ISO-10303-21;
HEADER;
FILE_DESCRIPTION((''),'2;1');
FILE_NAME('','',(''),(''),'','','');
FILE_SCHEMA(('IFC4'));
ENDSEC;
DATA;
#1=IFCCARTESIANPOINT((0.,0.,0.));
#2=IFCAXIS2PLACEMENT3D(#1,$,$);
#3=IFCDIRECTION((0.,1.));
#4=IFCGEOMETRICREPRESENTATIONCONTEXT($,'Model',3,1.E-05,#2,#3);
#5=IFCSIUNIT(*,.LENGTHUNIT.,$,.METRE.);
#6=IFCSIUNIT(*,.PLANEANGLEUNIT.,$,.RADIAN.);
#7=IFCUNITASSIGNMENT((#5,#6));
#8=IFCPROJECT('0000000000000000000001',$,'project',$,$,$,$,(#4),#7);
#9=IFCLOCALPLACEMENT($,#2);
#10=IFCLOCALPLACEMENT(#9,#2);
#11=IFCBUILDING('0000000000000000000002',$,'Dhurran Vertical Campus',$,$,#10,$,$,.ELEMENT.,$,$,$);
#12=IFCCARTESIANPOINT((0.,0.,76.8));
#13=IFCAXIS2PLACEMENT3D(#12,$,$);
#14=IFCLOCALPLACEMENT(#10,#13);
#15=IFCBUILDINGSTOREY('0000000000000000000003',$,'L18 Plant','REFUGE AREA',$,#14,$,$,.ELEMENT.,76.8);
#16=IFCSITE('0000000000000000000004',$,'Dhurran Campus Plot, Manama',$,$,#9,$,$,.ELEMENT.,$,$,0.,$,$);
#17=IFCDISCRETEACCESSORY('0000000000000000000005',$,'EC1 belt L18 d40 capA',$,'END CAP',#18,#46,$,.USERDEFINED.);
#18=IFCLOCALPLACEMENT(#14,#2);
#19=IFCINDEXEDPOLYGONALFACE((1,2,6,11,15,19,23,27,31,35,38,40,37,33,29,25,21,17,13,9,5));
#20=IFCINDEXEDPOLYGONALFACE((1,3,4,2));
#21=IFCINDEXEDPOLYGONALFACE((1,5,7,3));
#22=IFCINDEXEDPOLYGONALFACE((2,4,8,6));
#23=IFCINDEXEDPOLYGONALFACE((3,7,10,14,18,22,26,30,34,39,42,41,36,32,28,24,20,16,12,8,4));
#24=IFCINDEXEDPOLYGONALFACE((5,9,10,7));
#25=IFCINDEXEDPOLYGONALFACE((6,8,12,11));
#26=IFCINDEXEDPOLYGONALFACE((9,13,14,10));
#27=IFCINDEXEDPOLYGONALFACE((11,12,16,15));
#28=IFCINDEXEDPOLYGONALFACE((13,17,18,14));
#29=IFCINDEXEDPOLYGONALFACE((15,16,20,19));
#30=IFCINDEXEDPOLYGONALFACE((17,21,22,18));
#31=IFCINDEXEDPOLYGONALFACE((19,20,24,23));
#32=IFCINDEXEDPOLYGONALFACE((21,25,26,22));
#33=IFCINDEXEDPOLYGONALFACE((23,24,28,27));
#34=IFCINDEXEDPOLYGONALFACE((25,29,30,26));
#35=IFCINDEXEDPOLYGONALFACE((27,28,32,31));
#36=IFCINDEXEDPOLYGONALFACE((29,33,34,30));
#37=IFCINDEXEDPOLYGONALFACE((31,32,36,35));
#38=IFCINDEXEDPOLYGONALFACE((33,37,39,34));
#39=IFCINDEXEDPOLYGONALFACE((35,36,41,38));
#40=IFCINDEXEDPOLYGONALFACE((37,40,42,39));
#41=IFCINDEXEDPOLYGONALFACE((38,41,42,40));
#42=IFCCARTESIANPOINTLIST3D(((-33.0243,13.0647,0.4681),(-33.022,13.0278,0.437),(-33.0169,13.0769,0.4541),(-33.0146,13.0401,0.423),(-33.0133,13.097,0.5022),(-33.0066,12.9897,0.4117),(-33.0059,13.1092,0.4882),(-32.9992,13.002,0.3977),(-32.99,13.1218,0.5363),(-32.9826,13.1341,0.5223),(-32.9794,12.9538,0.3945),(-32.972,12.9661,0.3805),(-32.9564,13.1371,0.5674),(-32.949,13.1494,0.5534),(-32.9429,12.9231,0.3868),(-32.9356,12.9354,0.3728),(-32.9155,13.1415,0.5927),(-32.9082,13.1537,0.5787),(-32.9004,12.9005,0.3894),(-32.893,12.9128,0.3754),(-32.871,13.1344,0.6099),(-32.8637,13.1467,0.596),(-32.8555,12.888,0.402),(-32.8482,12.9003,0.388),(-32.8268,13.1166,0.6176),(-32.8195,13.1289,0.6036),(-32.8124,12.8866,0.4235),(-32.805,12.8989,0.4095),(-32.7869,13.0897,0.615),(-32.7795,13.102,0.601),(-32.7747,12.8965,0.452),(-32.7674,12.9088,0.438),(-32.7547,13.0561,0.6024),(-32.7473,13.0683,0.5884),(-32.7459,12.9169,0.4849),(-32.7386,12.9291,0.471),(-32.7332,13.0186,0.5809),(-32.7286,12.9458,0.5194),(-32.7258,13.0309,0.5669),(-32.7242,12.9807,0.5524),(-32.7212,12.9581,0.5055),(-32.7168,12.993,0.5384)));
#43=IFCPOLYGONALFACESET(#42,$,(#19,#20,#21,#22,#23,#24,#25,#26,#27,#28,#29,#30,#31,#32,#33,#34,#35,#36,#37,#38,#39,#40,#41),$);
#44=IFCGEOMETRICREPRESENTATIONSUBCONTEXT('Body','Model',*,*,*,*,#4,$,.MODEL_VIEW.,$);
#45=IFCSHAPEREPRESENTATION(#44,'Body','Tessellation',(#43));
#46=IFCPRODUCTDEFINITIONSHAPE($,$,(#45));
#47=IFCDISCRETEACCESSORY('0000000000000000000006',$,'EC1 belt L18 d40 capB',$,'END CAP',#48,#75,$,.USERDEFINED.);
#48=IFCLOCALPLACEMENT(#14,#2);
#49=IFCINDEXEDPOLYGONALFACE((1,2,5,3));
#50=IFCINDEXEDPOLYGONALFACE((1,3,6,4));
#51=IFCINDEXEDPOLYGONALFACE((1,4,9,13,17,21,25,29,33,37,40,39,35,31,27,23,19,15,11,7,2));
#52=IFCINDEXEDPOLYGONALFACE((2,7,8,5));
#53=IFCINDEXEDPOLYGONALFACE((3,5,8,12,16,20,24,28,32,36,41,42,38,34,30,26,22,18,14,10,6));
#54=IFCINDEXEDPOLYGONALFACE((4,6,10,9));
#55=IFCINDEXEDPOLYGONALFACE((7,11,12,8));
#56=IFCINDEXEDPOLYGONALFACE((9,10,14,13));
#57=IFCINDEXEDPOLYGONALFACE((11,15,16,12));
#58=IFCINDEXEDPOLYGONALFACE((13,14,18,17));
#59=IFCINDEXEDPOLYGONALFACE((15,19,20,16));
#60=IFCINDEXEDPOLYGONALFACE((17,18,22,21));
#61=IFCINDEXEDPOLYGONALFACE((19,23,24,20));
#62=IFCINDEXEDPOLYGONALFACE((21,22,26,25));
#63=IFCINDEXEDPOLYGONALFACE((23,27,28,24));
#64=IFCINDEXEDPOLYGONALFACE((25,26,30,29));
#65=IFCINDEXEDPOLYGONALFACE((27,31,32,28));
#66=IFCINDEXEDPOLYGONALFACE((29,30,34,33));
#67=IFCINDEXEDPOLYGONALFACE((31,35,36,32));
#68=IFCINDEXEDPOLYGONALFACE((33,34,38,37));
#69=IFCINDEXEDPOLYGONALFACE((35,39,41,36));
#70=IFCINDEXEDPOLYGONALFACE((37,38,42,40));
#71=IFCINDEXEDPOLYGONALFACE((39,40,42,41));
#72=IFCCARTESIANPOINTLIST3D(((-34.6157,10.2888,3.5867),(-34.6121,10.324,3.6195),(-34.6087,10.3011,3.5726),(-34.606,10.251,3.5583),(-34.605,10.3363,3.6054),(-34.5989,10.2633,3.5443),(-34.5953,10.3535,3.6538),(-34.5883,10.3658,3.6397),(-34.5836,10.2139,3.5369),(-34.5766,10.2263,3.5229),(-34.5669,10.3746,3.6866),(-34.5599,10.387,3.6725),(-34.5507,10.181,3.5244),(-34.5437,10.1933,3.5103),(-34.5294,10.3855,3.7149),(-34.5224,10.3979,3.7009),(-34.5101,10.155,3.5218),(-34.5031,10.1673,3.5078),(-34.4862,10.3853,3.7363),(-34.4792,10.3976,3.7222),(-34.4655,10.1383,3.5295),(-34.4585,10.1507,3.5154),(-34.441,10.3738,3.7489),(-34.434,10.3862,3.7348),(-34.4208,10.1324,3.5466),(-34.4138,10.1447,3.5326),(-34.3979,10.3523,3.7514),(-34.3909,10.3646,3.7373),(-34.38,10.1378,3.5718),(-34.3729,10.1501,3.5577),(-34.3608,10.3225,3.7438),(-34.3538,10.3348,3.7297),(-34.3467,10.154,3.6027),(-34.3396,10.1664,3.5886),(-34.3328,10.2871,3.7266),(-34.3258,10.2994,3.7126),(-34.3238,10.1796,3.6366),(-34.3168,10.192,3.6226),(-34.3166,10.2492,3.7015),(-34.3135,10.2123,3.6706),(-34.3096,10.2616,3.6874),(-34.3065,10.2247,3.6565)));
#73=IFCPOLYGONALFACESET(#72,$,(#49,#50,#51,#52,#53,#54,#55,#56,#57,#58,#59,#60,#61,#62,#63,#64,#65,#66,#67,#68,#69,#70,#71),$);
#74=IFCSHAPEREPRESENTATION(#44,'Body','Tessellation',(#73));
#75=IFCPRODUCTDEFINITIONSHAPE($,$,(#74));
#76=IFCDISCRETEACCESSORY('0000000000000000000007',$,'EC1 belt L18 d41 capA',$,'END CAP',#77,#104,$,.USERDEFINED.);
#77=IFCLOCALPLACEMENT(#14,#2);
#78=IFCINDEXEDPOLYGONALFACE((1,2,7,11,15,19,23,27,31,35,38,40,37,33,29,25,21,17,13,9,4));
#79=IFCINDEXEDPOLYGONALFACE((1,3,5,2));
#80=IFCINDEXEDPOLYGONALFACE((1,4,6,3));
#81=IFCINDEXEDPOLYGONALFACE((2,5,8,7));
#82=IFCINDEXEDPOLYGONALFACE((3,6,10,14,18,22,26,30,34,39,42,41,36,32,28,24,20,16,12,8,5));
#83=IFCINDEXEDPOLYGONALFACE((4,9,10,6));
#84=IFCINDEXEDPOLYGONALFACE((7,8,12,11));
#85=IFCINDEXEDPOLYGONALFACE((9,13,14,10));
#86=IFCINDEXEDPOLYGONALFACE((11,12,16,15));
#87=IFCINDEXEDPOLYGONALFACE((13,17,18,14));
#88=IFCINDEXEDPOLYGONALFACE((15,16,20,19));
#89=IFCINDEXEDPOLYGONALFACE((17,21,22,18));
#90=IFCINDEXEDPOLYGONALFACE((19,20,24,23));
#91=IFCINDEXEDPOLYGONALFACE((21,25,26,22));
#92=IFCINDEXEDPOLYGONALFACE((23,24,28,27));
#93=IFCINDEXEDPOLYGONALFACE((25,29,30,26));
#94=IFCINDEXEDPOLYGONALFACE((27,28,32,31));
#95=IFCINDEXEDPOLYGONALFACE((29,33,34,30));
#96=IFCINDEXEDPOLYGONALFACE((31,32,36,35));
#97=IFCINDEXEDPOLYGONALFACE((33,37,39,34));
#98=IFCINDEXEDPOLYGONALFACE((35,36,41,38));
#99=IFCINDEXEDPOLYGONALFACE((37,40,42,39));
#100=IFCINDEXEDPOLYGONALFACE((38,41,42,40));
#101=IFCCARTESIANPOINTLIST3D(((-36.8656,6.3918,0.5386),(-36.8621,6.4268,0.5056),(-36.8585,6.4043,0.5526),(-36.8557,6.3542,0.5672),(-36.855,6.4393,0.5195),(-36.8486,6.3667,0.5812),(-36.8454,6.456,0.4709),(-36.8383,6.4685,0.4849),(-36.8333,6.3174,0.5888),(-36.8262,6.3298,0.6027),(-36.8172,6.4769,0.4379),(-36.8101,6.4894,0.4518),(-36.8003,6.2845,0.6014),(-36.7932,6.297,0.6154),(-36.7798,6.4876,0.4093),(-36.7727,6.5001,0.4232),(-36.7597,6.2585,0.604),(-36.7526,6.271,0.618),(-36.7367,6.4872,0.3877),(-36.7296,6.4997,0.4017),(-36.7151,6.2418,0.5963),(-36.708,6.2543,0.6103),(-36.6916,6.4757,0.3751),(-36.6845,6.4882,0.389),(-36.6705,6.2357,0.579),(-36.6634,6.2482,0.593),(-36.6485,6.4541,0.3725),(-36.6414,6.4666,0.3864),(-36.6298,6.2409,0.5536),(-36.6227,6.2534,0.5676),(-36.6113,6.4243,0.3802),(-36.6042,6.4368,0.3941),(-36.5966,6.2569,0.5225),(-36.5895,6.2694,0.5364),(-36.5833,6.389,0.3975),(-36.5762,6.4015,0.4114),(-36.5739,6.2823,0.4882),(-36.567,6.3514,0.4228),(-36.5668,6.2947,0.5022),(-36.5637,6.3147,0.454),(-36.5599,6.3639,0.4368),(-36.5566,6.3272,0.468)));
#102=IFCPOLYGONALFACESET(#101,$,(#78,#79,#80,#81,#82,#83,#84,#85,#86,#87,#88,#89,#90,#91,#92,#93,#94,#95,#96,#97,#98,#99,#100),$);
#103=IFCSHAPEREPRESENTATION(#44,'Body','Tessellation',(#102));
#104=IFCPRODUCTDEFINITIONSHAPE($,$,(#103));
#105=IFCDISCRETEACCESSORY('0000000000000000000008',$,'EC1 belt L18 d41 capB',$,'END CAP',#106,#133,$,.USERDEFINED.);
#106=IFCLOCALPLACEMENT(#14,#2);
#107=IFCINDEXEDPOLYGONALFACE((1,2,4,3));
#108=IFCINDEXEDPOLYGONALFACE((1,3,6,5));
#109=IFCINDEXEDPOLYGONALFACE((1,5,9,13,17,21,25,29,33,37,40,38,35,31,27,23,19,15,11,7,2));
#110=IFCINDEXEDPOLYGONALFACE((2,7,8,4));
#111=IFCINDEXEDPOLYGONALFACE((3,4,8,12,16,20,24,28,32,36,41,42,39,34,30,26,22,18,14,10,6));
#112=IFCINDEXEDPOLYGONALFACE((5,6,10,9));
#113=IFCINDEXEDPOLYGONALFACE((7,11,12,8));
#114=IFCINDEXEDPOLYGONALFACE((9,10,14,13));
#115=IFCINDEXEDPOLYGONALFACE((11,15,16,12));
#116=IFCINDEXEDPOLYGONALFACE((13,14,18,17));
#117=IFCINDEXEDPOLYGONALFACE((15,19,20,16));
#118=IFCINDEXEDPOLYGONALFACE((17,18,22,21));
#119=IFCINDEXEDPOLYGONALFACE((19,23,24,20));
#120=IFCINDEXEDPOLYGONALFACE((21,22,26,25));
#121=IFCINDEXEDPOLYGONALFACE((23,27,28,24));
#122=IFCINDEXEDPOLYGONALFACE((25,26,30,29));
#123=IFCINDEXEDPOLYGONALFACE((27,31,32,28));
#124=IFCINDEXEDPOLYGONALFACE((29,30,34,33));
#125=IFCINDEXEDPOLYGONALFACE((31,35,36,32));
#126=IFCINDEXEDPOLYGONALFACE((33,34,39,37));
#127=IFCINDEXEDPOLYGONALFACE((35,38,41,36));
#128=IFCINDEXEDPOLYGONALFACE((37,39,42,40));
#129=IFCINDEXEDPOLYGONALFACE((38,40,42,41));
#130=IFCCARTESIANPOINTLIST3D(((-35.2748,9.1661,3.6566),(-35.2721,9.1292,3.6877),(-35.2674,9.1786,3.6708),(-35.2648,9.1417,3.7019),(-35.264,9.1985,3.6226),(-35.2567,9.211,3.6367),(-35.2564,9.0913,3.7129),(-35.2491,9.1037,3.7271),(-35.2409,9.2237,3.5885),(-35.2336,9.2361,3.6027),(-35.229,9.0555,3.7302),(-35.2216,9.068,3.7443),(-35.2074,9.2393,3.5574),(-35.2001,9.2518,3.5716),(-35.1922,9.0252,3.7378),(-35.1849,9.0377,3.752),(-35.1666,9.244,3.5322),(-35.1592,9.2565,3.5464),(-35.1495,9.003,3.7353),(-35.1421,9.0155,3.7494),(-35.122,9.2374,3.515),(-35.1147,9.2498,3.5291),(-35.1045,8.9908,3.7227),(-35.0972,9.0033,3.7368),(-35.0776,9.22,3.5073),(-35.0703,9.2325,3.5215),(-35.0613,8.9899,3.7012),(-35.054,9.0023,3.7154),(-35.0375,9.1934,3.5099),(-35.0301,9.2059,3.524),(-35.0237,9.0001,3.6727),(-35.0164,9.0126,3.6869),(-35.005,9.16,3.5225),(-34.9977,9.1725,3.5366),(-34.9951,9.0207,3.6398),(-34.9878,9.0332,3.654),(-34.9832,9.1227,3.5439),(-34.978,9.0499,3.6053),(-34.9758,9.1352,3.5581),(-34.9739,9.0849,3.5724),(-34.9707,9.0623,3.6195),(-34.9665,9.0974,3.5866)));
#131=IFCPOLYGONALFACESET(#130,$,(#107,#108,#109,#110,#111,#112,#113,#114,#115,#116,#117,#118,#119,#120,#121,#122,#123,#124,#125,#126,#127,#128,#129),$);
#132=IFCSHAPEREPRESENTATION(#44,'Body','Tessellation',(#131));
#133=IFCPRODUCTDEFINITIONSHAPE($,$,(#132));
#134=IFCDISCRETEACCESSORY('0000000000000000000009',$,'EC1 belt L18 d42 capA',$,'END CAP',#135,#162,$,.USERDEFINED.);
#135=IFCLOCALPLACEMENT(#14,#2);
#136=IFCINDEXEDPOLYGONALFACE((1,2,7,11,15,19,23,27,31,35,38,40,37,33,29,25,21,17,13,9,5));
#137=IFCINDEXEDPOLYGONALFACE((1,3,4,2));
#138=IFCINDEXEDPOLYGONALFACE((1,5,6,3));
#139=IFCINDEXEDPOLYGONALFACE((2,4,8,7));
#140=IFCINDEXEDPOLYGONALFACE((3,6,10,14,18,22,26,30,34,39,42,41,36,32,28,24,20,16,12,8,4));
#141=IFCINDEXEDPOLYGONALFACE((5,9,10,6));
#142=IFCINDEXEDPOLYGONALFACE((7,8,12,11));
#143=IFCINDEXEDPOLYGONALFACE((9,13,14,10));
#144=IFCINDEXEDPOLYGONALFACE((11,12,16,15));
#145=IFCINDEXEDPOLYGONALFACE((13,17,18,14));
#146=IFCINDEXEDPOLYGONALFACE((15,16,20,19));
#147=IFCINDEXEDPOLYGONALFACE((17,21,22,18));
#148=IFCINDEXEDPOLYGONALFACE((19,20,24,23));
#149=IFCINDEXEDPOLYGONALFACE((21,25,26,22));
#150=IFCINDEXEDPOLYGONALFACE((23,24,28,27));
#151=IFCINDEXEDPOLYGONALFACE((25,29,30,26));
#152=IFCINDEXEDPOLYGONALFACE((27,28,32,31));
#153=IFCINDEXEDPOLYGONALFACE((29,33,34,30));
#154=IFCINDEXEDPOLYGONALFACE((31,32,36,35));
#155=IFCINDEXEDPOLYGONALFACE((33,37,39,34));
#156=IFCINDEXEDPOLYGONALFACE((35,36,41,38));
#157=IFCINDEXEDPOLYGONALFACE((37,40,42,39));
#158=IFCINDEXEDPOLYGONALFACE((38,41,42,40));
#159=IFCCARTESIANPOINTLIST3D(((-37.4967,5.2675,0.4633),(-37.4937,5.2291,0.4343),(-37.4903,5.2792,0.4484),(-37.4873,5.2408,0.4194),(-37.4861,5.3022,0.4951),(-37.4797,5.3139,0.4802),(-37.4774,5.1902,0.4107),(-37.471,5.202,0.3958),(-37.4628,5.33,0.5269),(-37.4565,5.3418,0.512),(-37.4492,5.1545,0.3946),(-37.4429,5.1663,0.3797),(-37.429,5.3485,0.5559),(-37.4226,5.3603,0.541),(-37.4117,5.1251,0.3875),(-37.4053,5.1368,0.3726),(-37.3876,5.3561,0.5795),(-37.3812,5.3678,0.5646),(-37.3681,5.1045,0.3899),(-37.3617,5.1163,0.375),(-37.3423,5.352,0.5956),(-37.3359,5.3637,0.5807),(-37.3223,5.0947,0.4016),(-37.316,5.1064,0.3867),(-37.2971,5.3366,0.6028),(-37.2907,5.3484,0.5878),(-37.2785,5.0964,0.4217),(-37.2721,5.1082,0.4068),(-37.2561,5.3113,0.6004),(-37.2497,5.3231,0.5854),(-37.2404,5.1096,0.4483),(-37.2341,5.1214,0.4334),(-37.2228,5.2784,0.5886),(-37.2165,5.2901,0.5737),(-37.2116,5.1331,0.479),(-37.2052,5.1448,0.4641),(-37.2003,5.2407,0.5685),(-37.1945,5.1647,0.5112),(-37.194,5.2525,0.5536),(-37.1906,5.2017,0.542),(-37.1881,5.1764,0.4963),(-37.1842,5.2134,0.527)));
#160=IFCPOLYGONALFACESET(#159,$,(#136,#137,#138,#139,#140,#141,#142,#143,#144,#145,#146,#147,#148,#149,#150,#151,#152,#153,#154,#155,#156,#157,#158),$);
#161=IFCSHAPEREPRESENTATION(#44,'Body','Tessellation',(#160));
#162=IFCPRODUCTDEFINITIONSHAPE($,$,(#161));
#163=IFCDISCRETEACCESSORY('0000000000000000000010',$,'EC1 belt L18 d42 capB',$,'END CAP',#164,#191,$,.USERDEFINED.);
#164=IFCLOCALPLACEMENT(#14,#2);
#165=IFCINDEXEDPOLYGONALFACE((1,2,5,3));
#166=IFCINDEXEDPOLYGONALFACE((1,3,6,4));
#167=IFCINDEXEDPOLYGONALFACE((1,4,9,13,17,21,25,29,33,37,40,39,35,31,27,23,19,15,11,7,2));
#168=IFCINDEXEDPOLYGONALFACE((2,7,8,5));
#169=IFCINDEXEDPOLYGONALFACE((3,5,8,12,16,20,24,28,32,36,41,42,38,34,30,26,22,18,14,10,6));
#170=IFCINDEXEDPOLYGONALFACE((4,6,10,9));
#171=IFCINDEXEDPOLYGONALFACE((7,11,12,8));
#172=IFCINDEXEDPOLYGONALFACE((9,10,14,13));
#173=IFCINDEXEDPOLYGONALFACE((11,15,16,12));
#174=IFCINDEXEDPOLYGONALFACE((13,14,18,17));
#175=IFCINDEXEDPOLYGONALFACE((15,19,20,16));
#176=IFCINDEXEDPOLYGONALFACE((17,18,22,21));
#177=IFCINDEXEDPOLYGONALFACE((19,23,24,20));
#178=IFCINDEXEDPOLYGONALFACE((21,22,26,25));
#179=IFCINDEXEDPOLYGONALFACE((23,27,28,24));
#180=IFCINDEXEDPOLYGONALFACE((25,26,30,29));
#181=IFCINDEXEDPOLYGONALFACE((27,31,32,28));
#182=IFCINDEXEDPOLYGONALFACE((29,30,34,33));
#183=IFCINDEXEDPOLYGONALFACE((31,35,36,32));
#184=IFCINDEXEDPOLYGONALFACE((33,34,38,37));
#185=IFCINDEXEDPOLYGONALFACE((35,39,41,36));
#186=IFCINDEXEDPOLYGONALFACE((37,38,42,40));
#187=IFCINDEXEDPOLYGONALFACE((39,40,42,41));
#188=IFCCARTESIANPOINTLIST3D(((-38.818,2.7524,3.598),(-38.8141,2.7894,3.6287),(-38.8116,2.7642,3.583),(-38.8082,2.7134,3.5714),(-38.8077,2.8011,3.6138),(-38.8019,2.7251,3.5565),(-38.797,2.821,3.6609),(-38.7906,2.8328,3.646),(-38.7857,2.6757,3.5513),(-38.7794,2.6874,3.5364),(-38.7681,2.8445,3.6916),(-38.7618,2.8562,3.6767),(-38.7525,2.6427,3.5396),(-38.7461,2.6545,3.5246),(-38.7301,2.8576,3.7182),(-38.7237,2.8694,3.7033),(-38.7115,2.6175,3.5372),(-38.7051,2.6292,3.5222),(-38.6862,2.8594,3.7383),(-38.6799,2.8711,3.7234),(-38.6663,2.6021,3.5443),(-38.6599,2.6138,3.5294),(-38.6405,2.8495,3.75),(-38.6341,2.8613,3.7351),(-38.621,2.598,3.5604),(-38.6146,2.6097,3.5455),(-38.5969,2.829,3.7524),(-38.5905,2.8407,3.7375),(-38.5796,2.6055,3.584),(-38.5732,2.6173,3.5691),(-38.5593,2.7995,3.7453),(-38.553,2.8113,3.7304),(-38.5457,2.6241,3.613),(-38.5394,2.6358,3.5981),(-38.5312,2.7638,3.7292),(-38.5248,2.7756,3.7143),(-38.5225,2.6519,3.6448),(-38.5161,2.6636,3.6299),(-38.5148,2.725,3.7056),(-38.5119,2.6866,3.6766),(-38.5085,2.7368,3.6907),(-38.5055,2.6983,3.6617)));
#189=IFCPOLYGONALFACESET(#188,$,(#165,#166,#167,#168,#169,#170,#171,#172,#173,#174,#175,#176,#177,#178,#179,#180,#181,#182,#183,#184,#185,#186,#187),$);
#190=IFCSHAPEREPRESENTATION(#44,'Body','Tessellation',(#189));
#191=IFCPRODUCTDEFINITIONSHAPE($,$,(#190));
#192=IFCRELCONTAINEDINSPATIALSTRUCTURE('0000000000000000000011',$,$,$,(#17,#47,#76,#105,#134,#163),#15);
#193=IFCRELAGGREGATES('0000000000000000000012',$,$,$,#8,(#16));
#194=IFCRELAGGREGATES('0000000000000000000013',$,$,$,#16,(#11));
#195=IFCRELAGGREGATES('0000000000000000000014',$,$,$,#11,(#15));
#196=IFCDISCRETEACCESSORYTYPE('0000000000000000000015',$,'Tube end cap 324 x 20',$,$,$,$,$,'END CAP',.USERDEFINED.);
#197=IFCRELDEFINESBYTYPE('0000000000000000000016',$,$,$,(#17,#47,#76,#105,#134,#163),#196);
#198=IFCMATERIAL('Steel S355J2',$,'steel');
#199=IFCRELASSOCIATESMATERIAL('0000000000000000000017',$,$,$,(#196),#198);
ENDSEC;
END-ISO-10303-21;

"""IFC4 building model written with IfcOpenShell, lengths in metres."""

from ifc_helpers import new_model, si_unit, direction, frame, origin, origin_2d, place, context, subcontext, project, spatial, circle, extrude, material, material_profile, profile_set, type_object, element, save


model = new_model("IFC4")

# Units and contexts
model_context = context("Model", 3, precision=1e-05, world=origin(), true_north=direction((0.0, 1.0)))
body_context = subcontext(model_context, "Body", "Model", "MODEL_VIEW")
ifc_project = project(units=[si_unit("LENGTHUNIT", "METRE"), si_unit("PLANEANGLEUNIT", "RADIAN")], contexts=[model_context])

# Site, building, storey
site_placement = place(None, origin())
site = spatial("IfcSite", under=ifc_project, at=site_placement, Name="Dhurran Campus Plot, Manama", CompositionType="ELEMENT", RefElevation=0.0)
building_placement = place(site_placement, origin())
building = spatial("IfcBuilding", under=site, at=building_placement, Name="Dhurran Vertical Campus", CompositionType="ELEMENT")
storey_placement = place(building_placement, frame((0.0, 0.0, 76.8)))
storey = spatial("IfcBuildingStorey", under=building, at=storey_placement, Name="L18 Plant", Description="REFUGE AREA", CompositionType="ELEMENT", Elevation=76.8)

# Discrete accessories
ifc_material_1 = material(Name="Steel S355J2", Category="steel")
ifc_material_profile_1 = material_profile(ifc_material_1, circle(Radius=0.1619, at=origin_2d()), Name="Tube end cap 324 x 20")
ifc_profile_set_1 = profile_set([ifc_material_profile_1], Name="Steel S355J2")
discrete_accessory_type = type_object("IfcDiscreteAccessoryType", Name="Tube end cap 324 x 20", ElementType="END CAP", PredefinedType="USERDEFINED", material=ifc_profile_set_1)
for number, where, z_axis, x_axis, name in (
    (1, (-32.8745, 13.0137, 0.5022), (0.367911, 0.613185, -0.699031), (-0.857493, 0.514496, 0.0), "EC1 belt L18 d40 capA"),
    (2, (-34.4575, 10.272, 3.6226), (-0.351522, -0.618193, 0.703043), (0.86929, -0.494302, 0.0), "EC1 belt L18 d40 capB"),
    (3, (-36.7075, 6.3748, 0.5022), (-0.35453, -0.623483, -0.696834), (0.86929, -0.494302, 0.0), "EC1 belt L18 d41 capA"),
):
    element("IfcDiscreteAccessory", number, at=place(storey_placement, frame(where, z_axis=z_axis, x_axis=x_axis)), inside=storey, type_object=discrete_accessory_type, Name=name, ObjectType="END CAP", PredefinedType="USERDEFINED", context=body_context, shape_type="SweptSolid", body=[
        extrude(circle(Radius=0.1619, at=origin_2d()), origin(), (0.0, 0.0, 1.0), 0.02),
    ])
discrete_accessory_placement = place(storey_placement, frame((-35.1245, 9.1165, 3.6226), z_axis=(0.362077, 0.615531, 0.700016), x_axis=(-0.861934, 0.50702, 0.0)))
element("IfcDiscreteAccessory", 4, at=discrete_accessory_placement, inside=storey, type_object=discrete_accessory_type, Name="EC1 belt L18 d41 capB", ObjectType="END CAP", PredefinedType="USERDEFINED", context=body_context, shape_type="SweptSolid", body=[
    extrude(circle(Radius=0.1619, at=origin_2d()), origin(), (0.0, 0.0, 1.0), 0.0203),
])
for number, where, z_axis, x_axis, name in (
    (5, (-37.3438, 5.2251, 0.4951), (0.317617, 0.58637, -0.745178), (-0.879292, 0.476283, 0.0), "EC1 belt L18 d42 capA"),
    (6, (-38.6584, 2.7407, 3.6299), (-0.317617, -0.58637, 0.745178), (0.879292, -0.476283, 0.0), "EC1 belt L18 d42 capB"),
):
    element("IfcDiscreteAccessory", number, at=place(storey_placement, frame(where, z_axis=z_axis, x_axis=x_axis)), inside=storey, type_object=discrete_accessory_type, Name=name, ObjectType="END CAP", PredefinedType="USERDEFINED", context=body_context, shape_type="SweptSolid", body=[
        extrude(circle(Radius=0.1619, at=origin_2d()), origin(), (0.0, 0.0, 1.0), 0.02),
    ])

save(model, "model.ifc")
